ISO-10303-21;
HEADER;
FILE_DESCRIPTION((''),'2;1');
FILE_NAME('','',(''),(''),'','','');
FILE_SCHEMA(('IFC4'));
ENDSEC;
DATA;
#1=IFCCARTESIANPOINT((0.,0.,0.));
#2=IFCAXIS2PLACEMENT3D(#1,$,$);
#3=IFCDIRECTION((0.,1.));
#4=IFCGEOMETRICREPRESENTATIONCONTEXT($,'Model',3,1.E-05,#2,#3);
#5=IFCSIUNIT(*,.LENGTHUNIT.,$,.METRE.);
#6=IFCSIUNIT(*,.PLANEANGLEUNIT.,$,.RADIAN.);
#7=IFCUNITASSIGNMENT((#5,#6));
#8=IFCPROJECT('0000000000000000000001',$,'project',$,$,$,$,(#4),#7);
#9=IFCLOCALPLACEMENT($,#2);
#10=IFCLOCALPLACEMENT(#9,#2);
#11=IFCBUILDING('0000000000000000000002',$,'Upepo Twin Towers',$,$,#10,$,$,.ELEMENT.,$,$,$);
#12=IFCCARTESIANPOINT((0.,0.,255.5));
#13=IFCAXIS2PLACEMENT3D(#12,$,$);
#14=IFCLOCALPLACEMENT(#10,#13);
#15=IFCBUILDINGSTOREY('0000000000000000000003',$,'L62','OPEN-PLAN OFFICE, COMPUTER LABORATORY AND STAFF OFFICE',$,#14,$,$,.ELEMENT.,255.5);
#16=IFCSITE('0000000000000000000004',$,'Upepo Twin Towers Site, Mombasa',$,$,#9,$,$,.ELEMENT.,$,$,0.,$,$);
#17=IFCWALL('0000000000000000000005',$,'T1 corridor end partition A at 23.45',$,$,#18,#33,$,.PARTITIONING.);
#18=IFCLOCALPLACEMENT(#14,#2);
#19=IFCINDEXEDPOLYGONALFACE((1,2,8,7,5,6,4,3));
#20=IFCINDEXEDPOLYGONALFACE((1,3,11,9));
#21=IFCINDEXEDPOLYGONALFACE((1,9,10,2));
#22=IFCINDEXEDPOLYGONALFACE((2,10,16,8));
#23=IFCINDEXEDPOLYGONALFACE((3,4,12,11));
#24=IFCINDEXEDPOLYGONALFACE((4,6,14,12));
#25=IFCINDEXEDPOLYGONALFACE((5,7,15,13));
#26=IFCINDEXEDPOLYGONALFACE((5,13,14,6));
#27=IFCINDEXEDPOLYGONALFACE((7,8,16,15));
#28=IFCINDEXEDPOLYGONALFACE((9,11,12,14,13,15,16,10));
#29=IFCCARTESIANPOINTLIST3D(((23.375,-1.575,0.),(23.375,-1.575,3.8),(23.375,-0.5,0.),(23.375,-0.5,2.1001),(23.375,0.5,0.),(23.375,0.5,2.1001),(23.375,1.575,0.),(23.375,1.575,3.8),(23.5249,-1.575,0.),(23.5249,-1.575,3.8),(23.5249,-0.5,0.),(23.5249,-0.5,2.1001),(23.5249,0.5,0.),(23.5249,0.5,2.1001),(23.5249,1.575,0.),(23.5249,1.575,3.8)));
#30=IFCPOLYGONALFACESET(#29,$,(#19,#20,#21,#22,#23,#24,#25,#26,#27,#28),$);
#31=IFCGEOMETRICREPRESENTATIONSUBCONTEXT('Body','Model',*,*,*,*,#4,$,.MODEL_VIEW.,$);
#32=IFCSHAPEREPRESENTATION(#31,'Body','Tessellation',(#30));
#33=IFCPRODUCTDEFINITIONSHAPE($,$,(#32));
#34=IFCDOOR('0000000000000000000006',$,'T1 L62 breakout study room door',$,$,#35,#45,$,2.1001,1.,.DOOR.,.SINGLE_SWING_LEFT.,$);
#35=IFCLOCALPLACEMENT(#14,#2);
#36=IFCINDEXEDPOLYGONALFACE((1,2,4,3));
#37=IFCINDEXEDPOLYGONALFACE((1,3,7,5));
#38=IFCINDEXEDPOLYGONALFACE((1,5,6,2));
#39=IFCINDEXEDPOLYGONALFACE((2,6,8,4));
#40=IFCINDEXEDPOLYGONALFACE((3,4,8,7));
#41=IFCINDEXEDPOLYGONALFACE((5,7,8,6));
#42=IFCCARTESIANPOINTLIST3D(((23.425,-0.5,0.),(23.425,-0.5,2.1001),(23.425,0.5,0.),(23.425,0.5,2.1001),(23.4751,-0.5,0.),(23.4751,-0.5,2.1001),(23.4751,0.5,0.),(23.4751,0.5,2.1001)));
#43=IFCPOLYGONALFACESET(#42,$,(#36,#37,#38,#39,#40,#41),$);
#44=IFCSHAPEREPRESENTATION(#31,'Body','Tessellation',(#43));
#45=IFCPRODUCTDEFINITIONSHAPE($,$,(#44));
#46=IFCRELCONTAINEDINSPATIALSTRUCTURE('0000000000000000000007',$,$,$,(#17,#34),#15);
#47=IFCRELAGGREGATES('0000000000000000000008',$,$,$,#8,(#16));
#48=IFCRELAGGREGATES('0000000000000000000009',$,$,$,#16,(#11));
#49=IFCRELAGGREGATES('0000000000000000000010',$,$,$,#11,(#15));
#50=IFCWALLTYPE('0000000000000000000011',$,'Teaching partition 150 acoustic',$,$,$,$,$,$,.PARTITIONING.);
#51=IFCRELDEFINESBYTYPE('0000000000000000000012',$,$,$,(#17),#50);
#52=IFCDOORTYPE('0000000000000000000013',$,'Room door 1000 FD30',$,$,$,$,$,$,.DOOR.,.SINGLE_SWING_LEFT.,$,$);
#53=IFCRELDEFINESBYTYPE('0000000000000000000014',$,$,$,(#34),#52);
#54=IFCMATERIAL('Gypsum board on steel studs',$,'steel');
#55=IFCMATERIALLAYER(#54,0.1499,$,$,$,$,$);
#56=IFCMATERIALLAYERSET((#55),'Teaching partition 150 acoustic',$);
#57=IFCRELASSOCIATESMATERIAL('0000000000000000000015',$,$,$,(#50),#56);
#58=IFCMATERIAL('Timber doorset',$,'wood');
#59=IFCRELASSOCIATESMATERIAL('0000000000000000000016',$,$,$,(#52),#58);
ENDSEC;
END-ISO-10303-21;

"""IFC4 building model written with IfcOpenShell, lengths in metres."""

from ifc_helpers import new_model, si_unit, direction, frame, frame_2d, origin, place, context, subcontext, project, spatial, rectangle, extrude, material, layer, layer_set, type_object, element, fill, save


model = new_model("IFC4")

# Units and contexts
model_context = context("Model", 3, precision=1e-05, world=origin(), true_north=direction((0.0, 1.0)))
body_context = subcontext(model_context, "Body", "Model", "MODEL_VIEW")
ifc_project = project(units=[si_unit("LENGTHUNIT", "METRE"), si_unit("PLANEANGLEUNIT", "RADIAN")], contexts=[model_context])

# Site, building, storey
site_placement = place(None, origin())
site = spatial("IfcSite", under=ifc_project, at=site_placement, Name="Upepo Twin Towers Site, Mombasa", CompositionType="ELEMENT", RefElevation=0.0)
building_placement = place(site_placement, origin())
building = spatial("IfcBuilding", under=site, at=building_placement, Name="Upepo Twin Towers", CompositionType="ELEMENT")
storey_placement = place(building_placement, frame((0.0, 0.0, 255.5)))
storey = spatial("IfcBuildingStorey", under=building, at=storey_placement, Name="L62", Description="OPEN-PLAN OFFICE, COMPUTER LABORATORY AND STAFF OFFICE", CompositionType="ELEMENT", Elevation=255.5)

# Shared definitions
ifc_material_1 = material(Name="Gypsum board on steel studs", Category="steel")
ifc_layer_1 = layer(ifc_material_1, 0.1499)
ifc_layer_set_1 = layer_set([ifc_layer_1], Name="Teaching partition 150 acoustic")
wall_type_1 = type_object("IfcWallType", Name="Teaching partition 150 acoustic", PredefinedType="PARTITIONING", material=ifc_layer_set_1)

# Shared definitions
ifc_material_2 = material(Name="Timber doorset", Category="wood")
door_type = type_object("IfcDoorType", Name="Room door 1000 FD30", OperationType="SINGLE_SWING_LEFT", PredefinedType="DOOR", material=ifc_material_2)

# Wall, opening, door
wall_1_placement = place(storey_placement, frame((23.45, -1.575, 0.0), z_axis=(0.0, 0.0, 1.0), x_axis=(0.0, 1.0, 0.0)))
wall_1 = element("IfcWall", 1, at=wall_1_placement, inside=storey, type_object=wall_type_1, Name="T1 corridor end partition A at 23.45", PredefinedType="PARTITIONING", context=body_context, shape_type="SweptSolid", body=[
    extrude(rectangle(XDim=3.1499, YDim=0.1499, at=frame_2d((1.575, 0.0))), origin(), (0.0, 0.0, 1.0), 3.8),
])
opening_1_placement = place(wall_1_placement, frame((1.075, 0.0, 0.0)))
opening_1 = element("IfcOpeningElement", 2, at=opening_1_placement, cuts=wall_1, PredefinedType="OPENING", context=body_context, shape_type="SweptSolid", body=[
    extrude(rectangle(XDim=1.0, YDim=2.1001, at=frame_2d((0.5, 1.05))), frame((0.0, 0.085, 0.0), z_axis=(0.0, -1.0, 0.0), x_axis=(1.0, 0.0, 0.0)), (0.0, 0.0, 1.0), 0.1699),
])
door_1_placement = place(opening_1_placement, origin())
door_1 = element("IfcDoor", 3, at=door_1_placement, inside=storey, type_object=door_type, Name="T1 L62 breakout study room door", OperationType="SINGLE_SWING_LEFT", OverallHeight=2.1001, OverallWidth=1.0, PredefinedType="DOOR", context=body_context, shape_type="SweptSolid", body=[
    extrude(rectangle(XDim=1.0, YDim=2.1001, at=frame_2d((0.5, 1.05))), frame((0.0, 0.0249, 0.0), z_axis=(0.0, -1.0, 0.0), x_axis=(1.0, 0.0, 0.0)), (0.0, 0.0, 1.0), 0.05),
])
fill(opening_1, door_1)

save(model, "model.ifc")
